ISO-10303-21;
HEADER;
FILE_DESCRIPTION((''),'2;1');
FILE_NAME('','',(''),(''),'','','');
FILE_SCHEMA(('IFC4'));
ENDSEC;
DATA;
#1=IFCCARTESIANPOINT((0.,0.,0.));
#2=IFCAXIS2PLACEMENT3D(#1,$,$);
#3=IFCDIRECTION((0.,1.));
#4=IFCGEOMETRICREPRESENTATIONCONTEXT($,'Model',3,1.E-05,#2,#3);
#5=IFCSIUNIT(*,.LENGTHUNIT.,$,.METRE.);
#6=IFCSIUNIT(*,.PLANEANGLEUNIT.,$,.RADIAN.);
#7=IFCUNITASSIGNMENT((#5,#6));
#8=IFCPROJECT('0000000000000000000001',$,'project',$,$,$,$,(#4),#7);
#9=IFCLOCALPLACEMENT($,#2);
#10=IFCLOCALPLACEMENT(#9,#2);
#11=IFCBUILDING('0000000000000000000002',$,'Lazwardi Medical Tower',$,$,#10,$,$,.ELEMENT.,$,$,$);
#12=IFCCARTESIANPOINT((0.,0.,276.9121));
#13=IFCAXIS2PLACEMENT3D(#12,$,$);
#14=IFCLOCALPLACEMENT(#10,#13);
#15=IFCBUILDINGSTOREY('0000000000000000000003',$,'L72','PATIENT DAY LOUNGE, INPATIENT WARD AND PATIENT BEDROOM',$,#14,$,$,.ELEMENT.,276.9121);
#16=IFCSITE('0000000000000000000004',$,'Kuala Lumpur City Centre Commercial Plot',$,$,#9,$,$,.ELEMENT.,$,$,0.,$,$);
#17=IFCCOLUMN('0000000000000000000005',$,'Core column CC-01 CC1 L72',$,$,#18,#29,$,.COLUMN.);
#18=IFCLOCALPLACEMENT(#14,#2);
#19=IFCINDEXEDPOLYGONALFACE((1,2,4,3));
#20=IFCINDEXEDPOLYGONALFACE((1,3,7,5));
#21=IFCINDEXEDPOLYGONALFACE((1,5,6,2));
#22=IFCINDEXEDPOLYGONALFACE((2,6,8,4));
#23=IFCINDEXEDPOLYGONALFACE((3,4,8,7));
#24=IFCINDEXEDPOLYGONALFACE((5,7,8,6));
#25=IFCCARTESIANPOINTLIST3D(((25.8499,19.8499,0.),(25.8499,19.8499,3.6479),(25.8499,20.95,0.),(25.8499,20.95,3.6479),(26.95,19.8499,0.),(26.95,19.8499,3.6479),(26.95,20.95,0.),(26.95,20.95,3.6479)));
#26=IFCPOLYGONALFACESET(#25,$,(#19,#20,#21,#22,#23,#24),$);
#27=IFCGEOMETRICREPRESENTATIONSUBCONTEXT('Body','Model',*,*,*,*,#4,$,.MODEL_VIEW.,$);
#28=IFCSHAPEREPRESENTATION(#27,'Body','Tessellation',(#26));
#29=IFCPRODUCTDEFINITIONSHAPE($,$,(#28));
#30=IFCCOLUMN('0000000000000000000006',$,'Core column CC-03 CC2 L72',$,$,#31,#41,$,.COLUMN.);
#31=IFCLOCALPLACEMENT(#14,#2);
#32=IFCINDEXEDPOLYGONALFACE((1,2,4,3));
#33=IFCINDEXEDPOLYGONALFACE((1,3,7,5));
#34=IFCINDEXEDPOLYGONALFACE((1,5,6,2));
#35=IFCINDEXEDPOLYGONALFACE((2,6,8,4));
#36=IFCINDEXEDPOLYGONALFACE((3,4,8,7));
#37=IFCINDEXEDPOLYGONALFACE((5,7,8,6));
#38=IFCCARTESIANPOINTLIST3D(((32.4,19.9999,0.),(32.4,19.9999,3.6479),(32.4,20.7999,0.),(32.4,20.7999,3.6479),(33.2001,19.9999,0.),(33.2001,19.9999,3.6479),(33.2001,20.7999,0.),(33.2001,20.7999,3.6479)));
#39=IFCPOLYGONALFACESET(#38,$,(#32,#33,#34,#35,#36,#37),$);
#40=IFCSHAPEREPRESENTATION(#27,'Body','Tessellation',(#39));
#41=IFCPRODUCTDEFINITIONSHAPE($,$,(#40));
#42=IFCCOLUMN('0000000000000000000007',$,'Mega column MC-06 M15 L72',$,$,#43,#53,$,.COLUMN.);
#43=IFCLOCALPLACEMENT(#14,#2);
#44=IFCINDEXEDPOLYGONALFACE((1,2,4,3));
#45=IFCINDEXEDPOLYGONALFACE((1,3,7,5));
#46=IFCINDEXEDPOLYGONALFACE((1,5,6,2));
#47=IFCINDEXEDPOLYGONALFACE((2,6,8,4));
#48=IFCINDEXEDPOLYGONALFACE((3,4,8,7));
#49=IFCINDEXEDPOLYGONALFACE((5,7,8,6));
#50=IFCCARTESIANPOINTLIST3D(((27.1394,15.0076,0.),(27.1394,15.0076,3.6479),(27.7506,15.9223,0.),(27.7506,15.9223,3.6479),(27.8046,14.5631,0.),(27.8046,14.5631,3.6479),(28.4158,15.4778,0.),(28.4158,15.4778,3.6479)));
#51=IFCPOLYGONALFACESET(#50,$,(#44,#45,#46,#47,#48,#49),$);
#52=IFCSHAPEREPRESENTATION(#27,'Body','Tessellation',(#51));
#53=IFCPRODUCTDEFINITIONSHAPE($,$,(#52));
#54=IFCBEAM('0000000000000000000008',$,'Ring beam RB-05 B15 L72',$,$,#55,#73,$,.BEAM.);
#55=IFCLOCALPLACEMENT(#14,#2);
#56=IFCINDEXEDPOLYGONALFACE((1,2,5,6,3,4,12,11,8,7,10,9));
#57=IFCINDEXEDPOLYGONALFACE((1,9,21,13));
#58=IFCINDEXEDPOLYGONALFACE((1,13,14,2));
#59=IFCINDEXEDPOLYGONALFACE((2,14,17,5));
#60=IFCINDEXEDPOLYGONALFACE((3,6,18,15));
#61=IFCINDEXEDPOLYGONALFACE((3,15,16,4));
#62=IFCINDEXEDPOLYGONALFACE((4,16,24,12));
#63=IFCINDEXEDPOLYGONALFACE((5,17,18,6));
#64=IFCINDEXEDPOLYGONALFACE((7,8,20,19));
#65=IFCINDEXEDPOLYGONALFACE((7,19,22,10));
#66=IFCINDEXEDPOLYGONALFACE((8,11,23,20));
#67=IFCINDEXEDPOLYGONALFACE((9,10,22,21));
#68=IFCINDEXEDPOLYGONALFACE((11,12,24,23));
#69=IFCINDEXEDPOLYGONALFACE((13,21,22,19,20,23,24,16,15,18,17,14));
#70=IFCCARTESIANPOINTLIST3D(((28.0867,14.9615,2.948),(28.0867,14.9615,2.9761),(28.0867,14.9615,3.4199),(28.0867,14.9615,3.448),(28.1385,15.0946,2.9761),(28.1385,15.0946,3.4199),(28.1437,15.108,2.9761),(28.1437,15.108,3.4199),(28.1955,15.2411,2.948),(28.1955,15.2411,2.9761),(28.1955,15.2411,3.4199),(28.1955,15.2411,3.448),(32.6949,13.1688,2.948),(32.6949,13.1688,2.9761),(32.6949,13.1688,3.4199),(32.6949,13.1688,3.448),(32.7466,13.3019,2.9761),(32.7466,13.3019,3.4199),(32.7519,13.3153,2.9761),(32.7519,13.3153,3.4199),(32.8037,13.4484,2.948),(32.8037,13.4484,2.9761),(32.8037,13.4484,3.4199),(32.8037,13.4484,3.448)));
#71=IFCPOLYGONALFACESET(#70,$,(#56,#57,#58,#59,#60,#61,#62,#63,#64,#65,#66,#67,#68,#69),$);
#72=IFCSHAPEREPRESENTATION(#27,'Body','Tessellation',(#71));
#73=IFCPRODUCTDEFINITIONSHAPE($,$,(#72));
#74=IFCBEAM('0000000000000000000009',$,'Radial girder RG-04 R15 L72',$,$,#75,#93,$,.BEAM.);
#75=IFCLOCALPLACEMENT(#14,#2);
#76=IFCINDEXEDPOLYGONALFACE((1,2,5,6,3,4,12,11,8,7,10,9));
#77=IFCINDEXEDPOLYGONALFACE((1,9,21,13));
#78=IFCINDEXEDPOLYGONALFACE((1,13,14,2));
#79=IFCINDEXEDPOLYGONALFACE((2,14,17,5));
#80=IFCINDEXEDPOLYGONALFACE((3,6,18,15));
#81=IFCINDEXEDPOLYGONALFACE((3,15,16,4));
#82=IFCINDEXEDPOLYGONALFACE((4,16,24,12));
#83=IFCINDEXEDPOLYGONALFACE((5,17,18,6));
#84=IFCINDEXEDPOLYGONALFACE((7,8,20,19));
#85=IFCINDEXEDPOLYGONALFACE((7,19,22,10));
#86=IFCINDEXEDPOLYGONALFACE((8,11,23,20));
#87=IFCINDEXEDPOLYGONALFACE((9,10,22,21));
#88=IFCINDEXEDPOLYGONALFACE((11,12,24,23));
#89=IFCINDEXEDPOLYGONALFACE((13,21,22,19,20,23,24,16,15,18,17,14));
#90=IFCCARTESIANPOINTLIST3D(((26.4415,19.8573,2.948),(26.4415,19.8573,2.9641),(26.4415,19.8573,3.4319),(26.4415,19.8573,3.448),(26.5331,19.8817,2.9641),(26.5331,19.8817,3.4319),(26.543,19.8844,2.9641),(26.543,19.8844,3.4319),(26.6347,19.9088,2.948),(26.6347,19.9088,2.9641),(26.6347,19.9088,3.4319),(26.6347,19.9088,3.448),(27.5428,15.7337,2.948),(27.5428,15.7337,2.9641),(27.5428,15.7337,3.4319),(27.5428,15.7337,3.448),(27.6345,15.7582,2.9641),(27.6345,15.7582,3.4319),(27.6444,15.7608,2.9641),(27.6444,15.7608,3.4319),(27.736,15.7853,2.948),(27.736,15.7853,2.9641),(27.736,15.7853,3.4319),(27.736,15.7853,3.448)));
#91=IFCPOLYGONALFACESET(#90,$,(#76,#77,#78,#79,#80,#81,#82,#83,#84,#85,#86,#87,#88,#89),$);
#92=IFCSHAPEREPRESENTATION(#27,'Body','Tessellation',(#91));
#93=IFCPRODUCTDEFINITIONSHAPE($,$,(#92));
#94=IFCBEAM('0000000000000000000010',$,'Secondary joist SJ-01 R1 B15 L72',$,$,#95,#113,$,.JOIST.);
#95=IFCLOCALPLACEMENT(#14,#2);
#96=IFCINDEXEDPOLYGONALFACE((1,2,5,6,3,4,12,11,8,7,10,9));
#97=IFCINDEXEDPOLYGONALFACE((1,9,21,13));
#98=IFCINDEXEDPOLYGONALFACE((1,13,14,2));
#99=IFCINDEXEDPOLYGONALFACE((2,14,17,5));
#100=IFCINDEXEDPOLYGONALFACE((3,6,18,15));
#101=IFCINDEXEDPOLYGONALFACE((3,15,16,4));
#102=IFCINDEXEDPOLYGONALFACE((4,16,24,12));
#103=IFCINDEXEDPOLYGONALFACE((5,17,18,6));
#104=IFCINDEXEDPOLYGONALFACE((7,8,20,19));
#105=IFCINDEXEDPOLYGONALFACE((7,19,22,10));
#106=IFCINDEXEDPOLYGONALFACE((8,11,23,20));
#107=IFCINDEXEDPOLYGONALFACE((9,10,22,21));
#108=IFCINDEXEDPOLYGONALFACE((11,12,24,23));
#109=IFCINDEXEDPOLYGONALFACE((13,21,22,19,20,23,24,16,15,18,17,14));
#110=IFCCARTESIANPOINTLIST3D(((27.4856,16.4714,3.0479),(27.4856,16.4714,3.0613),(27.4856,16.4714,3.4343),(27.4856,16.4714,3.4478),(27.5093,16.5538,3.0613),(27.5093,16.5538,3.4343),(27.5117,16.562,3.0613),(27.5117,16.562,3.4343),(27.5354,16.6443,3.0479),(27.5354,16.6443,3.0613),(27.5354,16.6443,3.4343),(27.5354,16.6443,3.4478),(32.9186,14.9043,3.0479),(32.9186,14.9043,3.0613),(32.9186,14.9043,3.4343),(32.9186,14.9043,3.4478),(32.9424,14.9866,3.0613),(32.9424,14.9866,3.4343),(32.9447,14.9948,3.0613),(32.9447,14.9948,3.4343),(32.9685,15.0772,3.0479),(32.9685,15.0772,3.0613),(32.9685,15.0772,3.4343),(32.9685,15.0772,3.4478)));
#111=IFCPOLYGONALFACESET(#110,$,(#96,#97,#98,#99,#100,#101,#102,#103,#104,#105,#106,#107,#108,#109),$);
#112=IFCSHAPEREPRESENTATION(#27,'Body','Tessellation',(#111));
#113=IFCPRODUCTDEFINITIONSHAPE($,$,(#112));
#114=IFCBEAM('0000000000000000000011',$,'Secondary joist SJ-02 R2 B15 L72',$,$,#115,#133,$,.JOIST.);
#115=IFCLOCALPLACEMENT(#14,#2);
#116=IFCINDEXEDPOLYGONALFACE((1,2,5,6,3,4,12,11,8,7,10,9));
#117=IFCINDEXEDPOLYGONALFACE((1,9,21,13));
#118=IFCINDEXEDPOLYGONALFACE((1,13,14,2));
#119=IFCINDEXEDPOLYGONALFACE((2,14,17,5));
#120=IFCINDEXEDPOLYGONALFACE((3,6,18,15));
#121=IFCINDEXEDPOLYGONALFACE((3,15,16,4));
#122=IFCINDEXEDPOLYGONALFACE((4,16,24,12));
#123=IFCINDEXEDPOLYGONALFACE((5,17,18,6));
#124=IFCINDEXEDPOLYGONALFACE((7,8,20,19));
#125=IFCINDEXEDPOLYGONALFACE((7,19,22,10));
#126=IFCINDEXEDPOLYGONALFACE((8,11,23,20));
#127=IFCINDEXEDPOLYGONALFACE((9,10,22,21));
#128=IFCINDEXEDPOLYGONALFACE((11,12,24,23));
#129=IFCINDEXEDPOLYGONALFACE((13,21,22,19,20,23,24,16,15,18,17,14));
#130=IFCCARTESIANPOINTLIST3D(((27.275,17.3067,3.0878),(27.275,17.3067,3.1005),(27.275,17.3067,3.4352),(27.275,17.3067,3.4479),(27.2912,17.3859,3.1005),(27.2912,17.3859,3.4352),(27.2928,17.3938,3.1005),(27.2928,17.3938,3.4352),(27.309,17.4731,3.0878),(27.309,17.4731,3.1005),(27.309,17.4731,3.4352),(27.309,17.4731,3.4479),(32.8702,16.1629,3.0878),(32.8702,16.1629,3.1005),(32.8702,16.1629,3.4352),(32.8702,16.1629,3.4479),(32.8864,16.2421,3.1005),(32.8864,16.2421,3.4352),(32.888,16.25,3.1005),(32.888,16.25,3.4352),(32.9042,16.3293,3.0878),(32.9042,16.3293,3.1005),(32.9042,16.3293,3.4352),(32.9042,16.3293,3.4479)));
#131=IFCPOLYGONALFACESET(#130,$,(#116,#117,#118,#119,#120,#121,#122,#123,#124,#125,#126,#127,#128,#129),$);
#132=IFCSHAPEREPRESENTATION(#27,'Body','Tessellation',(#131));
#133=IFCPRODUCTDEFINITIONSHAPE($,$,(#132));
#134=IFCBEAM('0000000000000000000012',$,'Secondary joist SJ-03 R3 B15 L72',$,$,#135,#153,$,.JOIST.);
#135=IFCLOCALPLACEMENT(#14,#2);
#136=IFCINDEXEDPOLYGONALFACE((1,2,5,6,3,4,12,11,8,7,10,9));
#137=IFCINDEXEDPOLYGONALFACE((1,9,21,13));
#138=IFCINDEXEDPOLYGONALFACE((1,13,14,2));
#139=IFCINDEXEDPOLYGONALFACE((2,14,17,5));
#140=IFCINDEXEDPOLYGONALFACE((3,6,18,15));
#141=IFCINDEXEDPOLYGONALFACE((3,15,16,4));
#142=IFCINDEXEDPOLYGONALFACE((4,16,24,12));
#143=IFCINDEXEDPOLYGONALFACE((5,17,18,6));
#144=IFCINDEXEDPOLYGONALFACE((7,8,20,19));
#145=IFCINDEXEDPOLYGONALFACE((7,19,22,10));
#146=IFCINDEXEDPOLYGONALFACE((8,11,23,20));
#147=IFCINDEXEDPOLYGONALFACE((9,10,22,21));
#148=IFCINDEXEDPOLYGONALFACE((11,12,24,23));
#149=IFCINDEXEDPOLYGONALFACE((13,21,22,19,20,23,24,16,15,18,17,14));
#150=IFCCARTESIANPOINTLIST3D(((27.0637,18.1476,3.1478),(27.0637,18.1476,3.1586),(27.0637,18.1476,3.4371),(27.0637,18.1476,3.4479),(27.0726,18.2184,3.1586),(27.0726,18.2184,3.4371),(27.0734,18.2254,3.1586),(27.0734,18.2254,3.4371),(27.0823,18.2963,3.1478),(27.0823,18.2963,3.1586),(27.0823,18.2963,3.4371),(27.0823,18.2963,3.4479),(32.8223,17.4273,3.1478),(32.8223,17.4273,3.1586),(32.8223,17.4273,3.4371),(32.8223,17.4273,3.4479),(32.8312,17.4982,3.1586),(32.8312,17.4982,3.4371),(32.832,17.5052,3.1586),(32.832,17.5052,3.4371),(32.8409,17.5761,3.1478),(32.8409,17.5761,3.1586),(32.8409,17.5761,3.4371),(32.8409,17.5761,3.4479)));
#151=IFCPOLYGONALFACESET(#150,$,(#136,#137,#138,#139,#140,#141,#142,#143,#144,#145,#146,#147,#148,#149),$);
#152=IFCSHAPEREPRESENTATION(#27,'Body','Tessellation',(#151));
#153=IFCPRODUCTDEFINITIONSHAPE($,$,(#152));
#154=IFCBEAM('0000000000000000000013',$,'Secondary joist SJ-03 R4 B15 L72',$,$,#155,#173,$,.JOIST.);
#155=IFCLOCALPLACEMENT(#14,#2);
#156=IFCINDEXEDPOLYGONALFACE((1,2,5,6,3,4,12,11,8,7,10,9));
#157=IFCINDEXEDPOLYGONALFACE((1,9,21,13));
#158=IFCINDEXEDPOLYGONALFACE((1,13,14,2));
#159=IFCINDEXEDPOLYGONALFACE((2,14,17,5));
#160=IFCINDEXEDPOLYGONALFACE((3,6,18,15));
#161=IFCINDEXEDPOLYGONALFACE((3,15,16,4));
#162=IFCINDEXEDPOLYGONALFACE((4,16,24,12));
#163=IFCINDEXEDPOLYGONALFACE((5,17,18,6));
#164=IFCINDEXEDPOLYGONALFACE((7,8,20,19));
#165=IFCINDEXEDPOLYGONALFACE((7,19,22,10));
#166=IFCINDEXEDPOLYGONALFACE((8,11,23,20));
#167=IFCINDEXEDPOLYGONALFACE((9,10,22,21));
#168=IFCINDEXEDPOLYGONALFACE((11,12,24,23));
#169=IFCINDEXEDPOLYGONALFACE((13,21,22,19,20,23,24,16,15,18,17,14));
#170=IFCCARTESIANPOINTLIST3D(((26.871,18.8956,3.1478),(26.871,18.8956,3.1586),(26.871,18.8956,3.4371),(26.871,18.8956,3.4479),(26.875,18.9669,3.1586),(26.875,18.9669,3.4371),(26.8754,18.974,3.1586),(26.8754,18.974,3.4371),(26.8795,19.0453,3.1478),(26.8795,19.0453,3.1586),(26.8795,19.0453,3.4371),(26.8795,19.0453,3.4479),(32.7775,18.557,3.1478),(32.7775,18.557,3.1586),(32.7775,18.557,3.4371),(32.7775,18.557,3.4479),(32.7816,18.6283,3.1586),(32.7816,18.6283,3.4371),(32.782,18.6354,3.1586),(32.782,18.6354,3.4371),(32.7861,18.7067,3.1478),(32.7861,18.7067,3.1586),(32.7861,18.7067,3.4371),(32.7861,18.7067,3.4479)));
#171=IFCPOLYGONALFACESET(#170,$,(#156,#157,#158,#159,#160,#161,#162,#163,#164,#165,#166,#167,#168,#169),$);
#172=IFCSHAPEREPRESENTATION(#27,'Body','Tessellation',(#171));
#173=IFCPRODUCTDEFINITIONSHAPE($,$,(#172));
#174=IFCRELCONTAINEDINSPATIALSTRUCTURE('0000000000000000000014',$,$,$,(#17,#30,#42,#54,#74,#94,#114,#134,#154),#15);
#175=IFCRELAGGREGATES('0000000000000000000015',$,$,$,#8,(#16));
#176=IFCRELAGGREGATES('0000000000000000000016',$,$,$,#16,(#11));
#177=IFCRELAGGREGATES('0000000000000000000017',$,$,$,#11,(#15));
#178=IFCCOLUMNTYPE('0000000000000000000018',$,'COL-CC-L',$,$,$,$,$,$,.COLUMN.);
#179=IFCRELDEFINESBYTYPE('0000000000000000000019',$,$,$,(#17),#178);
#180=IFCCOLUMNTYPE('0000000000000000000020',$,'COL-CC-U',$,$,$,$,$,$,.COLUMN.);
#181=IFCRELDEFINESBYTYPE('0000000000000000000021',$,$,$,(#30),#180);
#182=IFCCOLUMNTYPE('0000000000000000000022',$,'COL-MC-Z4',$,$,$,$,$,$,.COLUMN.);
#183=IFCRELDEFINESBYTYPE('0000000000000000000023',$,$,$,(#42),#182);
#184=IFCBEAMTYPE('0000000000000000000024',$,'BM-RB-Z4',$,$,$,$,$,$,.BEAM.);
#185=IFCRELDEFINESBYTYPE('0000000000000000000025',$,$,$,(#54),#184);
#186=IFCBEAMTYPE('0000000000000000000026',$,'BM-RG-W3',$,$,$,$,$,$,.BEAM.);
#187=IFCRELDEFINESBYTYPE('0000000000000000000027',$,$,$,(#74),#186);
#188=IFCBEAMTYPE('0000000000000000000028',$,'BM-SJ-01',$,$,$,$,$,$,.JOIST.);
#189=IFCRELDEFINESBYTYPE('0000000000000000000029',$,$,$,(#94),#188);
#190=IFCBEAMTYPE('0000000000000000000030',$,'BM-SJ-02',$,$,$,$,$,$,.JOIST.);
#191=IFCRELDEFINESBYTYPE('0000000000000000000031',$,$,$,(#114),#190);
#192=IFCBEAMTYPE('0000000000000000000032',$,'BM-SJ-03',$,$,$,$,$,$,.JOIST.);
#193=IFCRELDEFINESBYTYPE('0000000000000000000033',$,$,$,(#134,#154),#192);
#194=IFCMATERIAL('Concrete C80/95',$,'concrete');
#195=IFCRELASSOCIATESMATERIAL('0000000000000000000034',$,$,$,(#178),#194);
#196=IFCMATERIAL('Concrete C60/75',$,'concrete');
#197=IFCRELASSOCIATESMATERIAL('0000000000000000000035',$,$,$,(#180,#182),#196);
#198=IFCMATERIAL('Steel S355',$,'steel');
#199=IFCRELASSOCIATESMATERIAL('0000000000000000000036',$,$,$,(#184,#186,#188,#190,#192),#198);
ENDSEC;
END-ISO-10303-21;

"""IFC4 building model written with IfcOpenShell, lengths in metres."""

from ifc_helpers import new_model, si_unit, direction, frame, origin, origin_2d, place, context, subcontext, project, spatial, rectangle, i_section, extrude, material, material_profile, profile_set, type_object, element, save


model = new_model("IFC4")

# Units and contexts
model_context = context("Model", 3, precision=1e-05, world=origin(), true_north=direction((0.0, 1.0)))
body_context = subcontext(model_context, "Body", "Model", "MODEL_VIEW")
ifc_project = project(units=[si_unit("LENGTHUNIT", "METRE"), si_unit("PLANEANGLEUNIT", "RADIAN")], contexts=[model_context])

# Site, building, storey
site_placement = place(None, origin())
site = spatial("IfcSite", under=ifc_project, at=site_placement, Name="Kuala Lumpur City Centre Commercial Plot", CompositionType="ELEMENT", RefElevation=0.0)
building_placement = place(site_placement, origin())
building = spatial("IfcBuilding", under=site, at=building_placement, Name="Lazwardi Medical Tower", CompositionType="ELEMENT")
storey_placement = place(building_placement, frame((0.0, 0.0, 276.9121)))
storey = spatial("IfcBuildingStorey", under=building, at=storey_placement, Name="L72", Description="PATIENT DAY LOUNGE, INPATIENT WARD AND PATIENT BEDROOM", CompositionType="ELEMENT", Elevation=276.9121)

# Columns
ifc_material_1 = material(Name="Concrete C80/95", Category="concrete")
ifc_material_profile_1 = material_profile(ifc_material_1, rectangle(XDim=1.1001, YDim=1.1001, at=origin_2d()), Name="RC 1100x1100")
ifc_profile_set_1 = profile_set([ifc_material_profile_1], Name="Concrete C80/95")
column_type_1 = type_object("IfcColumnType", Name="COL-CC-L", PredefinedType="COLUMN", material=ifc_profile_set_1)
column_1_placement = place(storey_placement, frame((26.3999, 20.3999, 0.0), z_axis=(0.0, 0.0, 1.0), x_axis=(1.0, 0.0, 0.0)))
element("IfcColumn", 1, at=column_1_placement, inside=storey, type_object=column_type_1, Name="Core column CC-01 CC1 L72", PredefinedType="COLUMN", context=body_context, shape_type="SweptSolid", body=[
    extrude(rectangle(XDim=1.1001, YDim=1.1001, at=origin_2d()), origin(), (0.0, 0.0, 1.0), 3.6479),
])
ifc_material_2 = material(Name="Concrete C60/75", Category="concrete")
ifc_material_profile_2 = material_profile(ifc_material_2, rectangle(XDim=0.8, YDim=0.8, at=origin_2d()), Name="RC 800x800")
ifc_profile_set_2 = profile_set([ifc_material_profile_2], Name="Concrete C60/75")
column_type_2 = type_object("IfcColumnType", Name="COL-CC-U", PredefinedType="COLUMN", material=ifc_profile_set_2)
column_2_placement = place(storey_placement, frame((32.8, 20.3999, 0.0), z_axis=(0.0, 0.0, 1.0), x_axis=(1.0, 0.0, 0.0)))
element("IfcColumn", 2, at=column_2_placement, inside=storey, type_object=column_type_2, Name="Core column CC-03 CC2 L72", PredefinedType="COLUMN", context=body_context, shape_type="SweptSolid", body=[
    extrude(rectangle(XDim=0.8, YDim=0.8, at=origin_2d()), origin(), (0.0, 0.0, 1.0), 3.6479),
])
ifc_material_profile_3 = material_profile(ifc_material_2, rectangle(XDim=1.1001, YDim=0.8, at=origin_2d()), Name="CFT-RECT 1100x800")
ifc_profile_set_3 = profile_set([ifc_material_profile_3], Name="Concrete C60/75")
column_type_3 = type_object("IfcColumnType", Name="COL-MC-Z4", PredefinedType="COLUMN", material=ifc_profile_set_3)
column_3_placement = place(storey_placement, frame((27.7776, 15.2427, 0.0), z_axis=(0.0, 0.0, 1.0), x_axis=(-0.55557, -0.83147, 0.0)))
element("IfcColumn", 3, at=column_3_placement, inside=storey, type_object=column_type_3, Name="Mega column MC-06 M15 L72", PredefinedType="COLUMN", context=body_context, shape_type="SweptSolid", body=[
    extrude(rectangle(XDim=1.1001, YDim=0.8, at=origin_2d()), origin(), (0.0, 0.0, 1.0), 3.6479),
])

# Beams
ifc_material_3 = material(Name="Steel S355", Category="steel")
ifc_material_profile_4 = material_profile(ifc_material_3, i_section(OverallWidth=0.3, OverallDepth=0.5, WebThickness=0.0144, FlangeThickness=0.0281, at=origin_2d()), Name="HEB 500")
ifc_profile_set_4 = profile_set([ifc_material_profile_4], Name="Steel S355")
beam_type_1 = type_object("IfcBeamType", Name="BM-RB-Z4", PredefinedType="BEAM", material=ifc_profile_set_4)
beam_1_placement = place(storey_placement, frame((28.1411, 15.1013, 3.198), z_axis=(0.931959, -0.362563, 0.0), x_axis=(0.362563, 0.931959, 0.0)))
element("IfcBeam", 4, at=beam_1_placement, inside=storey, type_object=beam_type_1, Name="Ring beam RB-05 B15 L72", PredefinedType="BEAM", context=body_context, shape_type="SweptSolid", body=[
    extrude(i_section(OverallWidth=0.3, OverallDepth=0.5, WebThickness=0.0144, FlangeThickness=0.0281, at=origin_2d()), origin(), (0.0, 0.0, 1.0), 4.9446),
])
ifc_material_profile_5 = material_profile(ifc_material_3, i_section(OverallWidth=0.2, OverallDepth=0.5, WebThickness=0.0103, FlangeThickness=0.0161, at=origin_2d()), Name="IPE 500")
ifc_profile_set_5 = profile_set([ifc_material_profile_5], Name="Steel S355")
beam_type_2 = type_object("IfcBeamType", Name="BM-RG-W3", PredefinedType="BEAM", material=ifc_profile_set_5)
beam_2_placement = place(storey_placement, frame((27.6394, 15.7595, 3.198), z_axis=(-0.258036, 0.966135, 0.0), x_axis=(-0.966135, -0.258036, 0.0)))
element("IfcBeam", 5, at=beam_2_placement, inside=storey, type_object=beam_type_2, Name="Radial girder RG-04 R15 L72", PredefinedType="BEAM", context=body_context, shape_type="SweptSolid", body=[
    extrude(i_section(OverallWidth=0.2, OverallDepth=0.5, WebThickness=0.0103, FlangeThickness=0.0161, at=origin_2d()), origin(), (0.0, 0.0, 1.0), 4.2681),
])
ifc_material_profile_6 = material_profile(ifc_material_3, i_section(OverallWidth=0.1799, OverallDepth=0.3999, WebThickness=0.0085, FlangeThickness=0.0134, at=origin_2d()), Name="IPE 400")
ifc_profile_set_6 = profile_set([ifc_material_profile_6], Name="Steel S355")
beam_type_3 = type_object("IfcBeamType", Name="BM-SJ-01", PredefinedType="JOIST", material=ifc_profile_set_6)
beam_3_placement = place(storey_placement, frame((27.5105, 16.5579, 3.2478), z_axis=(0.960828, -0.277144, 0.0), x_axis=(0.277144, 0.960828, 0.0)))
element("IfcBeam", 6, at=beam_3_placement, inside=storey, type_object=beam_type_3, Name="Secondary joist SJ-01 R1 B15 L72", PredefinedType="JOIST", context=body_context, shape_type="SweptSolid", body=[
    extrude(i_section(OverallWidth=0.1799, OverallDepth=0.3999, WebThickness=0.0085, FlangeThickness=0.0134, at=origin_2d()), origin(), (0.0, 0.0, 1.0), 5.6545),
])
ifc_material_profile_7 = material_profile(ifc_material_3, i_section(OverallWidth=0.1699, OverallDepth=0.3601, WebThickness=0.0081, FlangeThickness=0.0127, at=origin_2d()), Name="IPE 360")
ifc_profile_set_7 = profile_set([ifc_material_profile_7], Name="Steel S355")
beam_type_4 = type_object("IfcBeamType", Name="BM-SJ-02", PredefinedType="JOIST", material=ifc_profile_set_7)
beam_4_placement = place(storey_placement, frame((27.292, 17.3899, 3.2678), z_axis=(0.979738, -0.200282, 0.0), x_axis=(0.200282, 0.979738, 0.0)))
element("IfcBeam", 7, at=beam_4_placement, inside=storey, type_object=beam_type_4, Name="Secondary joist SJ-02 R2 B15 L72", PredefinedType="JOIST", context=body_context, shape_type="SweptSolid", body=[
    extrude(i_section(OverallWidth=0.1699, OverallDepth=0.3601, WebThickness=0.0081, FlangeThickness=0.0127, at=origin_2d()), origin(), (0.0, 0.0, 1.0), 5.7109),
])
ifc_material_profile_8 = material_profile(ifc_material_3, i_section(OverallWidth=0.1499, OverallDepth=0.3, WebThickness=0.0071, FlangeThickness=0.0107, at=origin_2d()), Name="IPE 300")
ifc_profile_set_8 = profile_set([ifc_material_profile_8], Name="Steel S355")
beam_type_5 = type_object("IfcBeamType", Name="BM-SJ-03", PredefinedType="JOIST", material=ifc_profile_set_8)
beam_5_placement = place(storey_placement, frame((27.073, 18.2219, 3.2979), z_axis=(0.992269, -0.124102, 0.0), x_axis=(0.124102, 0.992269, 0.0)))
element("IfcBeam", 8, at=beam_5_placement, inside=storey, type_object=beam_type_5, Name="Secondary joist SJ-03 R3 B15 L72", PredefinedType="JOIST", context=body_context, shape_type="SweptSolid", body=[
    extrude(i_section(OverallWidth=0.1499, OverallDepth=0.3, WebThickness=0.0071, FlangeThickness=0.0107, at=origin_2d()), origin(), (0.0, 0.0, 1.0), 5.8035),
])
beam_6_placement = place(storey_placement, frame((26.8752, 18.9705, 3.2979), z_axis=(0.998361, -0.057237, 0.0), x_axis=(0.057237, 0.998361, 0.0)))
element("IfcBeam", 9, at=beam_6_placement, inside=storey, type_object=beam_type_5, Name="Secondary joist SJ-03 R4 B15 L72", PredefinedType="JOIST", context=body_context, shape_type="SweptSolid", body=[
    extrude(i_section(OverallWidth=0.1499, OverallDepth=0.3, WebThickness=0.0071, FlangeThickness=0.0107, at=origin_2d()), origin(), (0.0, 0.0, 1.0), 5.9163),
])

save(model, "model.ifc")
